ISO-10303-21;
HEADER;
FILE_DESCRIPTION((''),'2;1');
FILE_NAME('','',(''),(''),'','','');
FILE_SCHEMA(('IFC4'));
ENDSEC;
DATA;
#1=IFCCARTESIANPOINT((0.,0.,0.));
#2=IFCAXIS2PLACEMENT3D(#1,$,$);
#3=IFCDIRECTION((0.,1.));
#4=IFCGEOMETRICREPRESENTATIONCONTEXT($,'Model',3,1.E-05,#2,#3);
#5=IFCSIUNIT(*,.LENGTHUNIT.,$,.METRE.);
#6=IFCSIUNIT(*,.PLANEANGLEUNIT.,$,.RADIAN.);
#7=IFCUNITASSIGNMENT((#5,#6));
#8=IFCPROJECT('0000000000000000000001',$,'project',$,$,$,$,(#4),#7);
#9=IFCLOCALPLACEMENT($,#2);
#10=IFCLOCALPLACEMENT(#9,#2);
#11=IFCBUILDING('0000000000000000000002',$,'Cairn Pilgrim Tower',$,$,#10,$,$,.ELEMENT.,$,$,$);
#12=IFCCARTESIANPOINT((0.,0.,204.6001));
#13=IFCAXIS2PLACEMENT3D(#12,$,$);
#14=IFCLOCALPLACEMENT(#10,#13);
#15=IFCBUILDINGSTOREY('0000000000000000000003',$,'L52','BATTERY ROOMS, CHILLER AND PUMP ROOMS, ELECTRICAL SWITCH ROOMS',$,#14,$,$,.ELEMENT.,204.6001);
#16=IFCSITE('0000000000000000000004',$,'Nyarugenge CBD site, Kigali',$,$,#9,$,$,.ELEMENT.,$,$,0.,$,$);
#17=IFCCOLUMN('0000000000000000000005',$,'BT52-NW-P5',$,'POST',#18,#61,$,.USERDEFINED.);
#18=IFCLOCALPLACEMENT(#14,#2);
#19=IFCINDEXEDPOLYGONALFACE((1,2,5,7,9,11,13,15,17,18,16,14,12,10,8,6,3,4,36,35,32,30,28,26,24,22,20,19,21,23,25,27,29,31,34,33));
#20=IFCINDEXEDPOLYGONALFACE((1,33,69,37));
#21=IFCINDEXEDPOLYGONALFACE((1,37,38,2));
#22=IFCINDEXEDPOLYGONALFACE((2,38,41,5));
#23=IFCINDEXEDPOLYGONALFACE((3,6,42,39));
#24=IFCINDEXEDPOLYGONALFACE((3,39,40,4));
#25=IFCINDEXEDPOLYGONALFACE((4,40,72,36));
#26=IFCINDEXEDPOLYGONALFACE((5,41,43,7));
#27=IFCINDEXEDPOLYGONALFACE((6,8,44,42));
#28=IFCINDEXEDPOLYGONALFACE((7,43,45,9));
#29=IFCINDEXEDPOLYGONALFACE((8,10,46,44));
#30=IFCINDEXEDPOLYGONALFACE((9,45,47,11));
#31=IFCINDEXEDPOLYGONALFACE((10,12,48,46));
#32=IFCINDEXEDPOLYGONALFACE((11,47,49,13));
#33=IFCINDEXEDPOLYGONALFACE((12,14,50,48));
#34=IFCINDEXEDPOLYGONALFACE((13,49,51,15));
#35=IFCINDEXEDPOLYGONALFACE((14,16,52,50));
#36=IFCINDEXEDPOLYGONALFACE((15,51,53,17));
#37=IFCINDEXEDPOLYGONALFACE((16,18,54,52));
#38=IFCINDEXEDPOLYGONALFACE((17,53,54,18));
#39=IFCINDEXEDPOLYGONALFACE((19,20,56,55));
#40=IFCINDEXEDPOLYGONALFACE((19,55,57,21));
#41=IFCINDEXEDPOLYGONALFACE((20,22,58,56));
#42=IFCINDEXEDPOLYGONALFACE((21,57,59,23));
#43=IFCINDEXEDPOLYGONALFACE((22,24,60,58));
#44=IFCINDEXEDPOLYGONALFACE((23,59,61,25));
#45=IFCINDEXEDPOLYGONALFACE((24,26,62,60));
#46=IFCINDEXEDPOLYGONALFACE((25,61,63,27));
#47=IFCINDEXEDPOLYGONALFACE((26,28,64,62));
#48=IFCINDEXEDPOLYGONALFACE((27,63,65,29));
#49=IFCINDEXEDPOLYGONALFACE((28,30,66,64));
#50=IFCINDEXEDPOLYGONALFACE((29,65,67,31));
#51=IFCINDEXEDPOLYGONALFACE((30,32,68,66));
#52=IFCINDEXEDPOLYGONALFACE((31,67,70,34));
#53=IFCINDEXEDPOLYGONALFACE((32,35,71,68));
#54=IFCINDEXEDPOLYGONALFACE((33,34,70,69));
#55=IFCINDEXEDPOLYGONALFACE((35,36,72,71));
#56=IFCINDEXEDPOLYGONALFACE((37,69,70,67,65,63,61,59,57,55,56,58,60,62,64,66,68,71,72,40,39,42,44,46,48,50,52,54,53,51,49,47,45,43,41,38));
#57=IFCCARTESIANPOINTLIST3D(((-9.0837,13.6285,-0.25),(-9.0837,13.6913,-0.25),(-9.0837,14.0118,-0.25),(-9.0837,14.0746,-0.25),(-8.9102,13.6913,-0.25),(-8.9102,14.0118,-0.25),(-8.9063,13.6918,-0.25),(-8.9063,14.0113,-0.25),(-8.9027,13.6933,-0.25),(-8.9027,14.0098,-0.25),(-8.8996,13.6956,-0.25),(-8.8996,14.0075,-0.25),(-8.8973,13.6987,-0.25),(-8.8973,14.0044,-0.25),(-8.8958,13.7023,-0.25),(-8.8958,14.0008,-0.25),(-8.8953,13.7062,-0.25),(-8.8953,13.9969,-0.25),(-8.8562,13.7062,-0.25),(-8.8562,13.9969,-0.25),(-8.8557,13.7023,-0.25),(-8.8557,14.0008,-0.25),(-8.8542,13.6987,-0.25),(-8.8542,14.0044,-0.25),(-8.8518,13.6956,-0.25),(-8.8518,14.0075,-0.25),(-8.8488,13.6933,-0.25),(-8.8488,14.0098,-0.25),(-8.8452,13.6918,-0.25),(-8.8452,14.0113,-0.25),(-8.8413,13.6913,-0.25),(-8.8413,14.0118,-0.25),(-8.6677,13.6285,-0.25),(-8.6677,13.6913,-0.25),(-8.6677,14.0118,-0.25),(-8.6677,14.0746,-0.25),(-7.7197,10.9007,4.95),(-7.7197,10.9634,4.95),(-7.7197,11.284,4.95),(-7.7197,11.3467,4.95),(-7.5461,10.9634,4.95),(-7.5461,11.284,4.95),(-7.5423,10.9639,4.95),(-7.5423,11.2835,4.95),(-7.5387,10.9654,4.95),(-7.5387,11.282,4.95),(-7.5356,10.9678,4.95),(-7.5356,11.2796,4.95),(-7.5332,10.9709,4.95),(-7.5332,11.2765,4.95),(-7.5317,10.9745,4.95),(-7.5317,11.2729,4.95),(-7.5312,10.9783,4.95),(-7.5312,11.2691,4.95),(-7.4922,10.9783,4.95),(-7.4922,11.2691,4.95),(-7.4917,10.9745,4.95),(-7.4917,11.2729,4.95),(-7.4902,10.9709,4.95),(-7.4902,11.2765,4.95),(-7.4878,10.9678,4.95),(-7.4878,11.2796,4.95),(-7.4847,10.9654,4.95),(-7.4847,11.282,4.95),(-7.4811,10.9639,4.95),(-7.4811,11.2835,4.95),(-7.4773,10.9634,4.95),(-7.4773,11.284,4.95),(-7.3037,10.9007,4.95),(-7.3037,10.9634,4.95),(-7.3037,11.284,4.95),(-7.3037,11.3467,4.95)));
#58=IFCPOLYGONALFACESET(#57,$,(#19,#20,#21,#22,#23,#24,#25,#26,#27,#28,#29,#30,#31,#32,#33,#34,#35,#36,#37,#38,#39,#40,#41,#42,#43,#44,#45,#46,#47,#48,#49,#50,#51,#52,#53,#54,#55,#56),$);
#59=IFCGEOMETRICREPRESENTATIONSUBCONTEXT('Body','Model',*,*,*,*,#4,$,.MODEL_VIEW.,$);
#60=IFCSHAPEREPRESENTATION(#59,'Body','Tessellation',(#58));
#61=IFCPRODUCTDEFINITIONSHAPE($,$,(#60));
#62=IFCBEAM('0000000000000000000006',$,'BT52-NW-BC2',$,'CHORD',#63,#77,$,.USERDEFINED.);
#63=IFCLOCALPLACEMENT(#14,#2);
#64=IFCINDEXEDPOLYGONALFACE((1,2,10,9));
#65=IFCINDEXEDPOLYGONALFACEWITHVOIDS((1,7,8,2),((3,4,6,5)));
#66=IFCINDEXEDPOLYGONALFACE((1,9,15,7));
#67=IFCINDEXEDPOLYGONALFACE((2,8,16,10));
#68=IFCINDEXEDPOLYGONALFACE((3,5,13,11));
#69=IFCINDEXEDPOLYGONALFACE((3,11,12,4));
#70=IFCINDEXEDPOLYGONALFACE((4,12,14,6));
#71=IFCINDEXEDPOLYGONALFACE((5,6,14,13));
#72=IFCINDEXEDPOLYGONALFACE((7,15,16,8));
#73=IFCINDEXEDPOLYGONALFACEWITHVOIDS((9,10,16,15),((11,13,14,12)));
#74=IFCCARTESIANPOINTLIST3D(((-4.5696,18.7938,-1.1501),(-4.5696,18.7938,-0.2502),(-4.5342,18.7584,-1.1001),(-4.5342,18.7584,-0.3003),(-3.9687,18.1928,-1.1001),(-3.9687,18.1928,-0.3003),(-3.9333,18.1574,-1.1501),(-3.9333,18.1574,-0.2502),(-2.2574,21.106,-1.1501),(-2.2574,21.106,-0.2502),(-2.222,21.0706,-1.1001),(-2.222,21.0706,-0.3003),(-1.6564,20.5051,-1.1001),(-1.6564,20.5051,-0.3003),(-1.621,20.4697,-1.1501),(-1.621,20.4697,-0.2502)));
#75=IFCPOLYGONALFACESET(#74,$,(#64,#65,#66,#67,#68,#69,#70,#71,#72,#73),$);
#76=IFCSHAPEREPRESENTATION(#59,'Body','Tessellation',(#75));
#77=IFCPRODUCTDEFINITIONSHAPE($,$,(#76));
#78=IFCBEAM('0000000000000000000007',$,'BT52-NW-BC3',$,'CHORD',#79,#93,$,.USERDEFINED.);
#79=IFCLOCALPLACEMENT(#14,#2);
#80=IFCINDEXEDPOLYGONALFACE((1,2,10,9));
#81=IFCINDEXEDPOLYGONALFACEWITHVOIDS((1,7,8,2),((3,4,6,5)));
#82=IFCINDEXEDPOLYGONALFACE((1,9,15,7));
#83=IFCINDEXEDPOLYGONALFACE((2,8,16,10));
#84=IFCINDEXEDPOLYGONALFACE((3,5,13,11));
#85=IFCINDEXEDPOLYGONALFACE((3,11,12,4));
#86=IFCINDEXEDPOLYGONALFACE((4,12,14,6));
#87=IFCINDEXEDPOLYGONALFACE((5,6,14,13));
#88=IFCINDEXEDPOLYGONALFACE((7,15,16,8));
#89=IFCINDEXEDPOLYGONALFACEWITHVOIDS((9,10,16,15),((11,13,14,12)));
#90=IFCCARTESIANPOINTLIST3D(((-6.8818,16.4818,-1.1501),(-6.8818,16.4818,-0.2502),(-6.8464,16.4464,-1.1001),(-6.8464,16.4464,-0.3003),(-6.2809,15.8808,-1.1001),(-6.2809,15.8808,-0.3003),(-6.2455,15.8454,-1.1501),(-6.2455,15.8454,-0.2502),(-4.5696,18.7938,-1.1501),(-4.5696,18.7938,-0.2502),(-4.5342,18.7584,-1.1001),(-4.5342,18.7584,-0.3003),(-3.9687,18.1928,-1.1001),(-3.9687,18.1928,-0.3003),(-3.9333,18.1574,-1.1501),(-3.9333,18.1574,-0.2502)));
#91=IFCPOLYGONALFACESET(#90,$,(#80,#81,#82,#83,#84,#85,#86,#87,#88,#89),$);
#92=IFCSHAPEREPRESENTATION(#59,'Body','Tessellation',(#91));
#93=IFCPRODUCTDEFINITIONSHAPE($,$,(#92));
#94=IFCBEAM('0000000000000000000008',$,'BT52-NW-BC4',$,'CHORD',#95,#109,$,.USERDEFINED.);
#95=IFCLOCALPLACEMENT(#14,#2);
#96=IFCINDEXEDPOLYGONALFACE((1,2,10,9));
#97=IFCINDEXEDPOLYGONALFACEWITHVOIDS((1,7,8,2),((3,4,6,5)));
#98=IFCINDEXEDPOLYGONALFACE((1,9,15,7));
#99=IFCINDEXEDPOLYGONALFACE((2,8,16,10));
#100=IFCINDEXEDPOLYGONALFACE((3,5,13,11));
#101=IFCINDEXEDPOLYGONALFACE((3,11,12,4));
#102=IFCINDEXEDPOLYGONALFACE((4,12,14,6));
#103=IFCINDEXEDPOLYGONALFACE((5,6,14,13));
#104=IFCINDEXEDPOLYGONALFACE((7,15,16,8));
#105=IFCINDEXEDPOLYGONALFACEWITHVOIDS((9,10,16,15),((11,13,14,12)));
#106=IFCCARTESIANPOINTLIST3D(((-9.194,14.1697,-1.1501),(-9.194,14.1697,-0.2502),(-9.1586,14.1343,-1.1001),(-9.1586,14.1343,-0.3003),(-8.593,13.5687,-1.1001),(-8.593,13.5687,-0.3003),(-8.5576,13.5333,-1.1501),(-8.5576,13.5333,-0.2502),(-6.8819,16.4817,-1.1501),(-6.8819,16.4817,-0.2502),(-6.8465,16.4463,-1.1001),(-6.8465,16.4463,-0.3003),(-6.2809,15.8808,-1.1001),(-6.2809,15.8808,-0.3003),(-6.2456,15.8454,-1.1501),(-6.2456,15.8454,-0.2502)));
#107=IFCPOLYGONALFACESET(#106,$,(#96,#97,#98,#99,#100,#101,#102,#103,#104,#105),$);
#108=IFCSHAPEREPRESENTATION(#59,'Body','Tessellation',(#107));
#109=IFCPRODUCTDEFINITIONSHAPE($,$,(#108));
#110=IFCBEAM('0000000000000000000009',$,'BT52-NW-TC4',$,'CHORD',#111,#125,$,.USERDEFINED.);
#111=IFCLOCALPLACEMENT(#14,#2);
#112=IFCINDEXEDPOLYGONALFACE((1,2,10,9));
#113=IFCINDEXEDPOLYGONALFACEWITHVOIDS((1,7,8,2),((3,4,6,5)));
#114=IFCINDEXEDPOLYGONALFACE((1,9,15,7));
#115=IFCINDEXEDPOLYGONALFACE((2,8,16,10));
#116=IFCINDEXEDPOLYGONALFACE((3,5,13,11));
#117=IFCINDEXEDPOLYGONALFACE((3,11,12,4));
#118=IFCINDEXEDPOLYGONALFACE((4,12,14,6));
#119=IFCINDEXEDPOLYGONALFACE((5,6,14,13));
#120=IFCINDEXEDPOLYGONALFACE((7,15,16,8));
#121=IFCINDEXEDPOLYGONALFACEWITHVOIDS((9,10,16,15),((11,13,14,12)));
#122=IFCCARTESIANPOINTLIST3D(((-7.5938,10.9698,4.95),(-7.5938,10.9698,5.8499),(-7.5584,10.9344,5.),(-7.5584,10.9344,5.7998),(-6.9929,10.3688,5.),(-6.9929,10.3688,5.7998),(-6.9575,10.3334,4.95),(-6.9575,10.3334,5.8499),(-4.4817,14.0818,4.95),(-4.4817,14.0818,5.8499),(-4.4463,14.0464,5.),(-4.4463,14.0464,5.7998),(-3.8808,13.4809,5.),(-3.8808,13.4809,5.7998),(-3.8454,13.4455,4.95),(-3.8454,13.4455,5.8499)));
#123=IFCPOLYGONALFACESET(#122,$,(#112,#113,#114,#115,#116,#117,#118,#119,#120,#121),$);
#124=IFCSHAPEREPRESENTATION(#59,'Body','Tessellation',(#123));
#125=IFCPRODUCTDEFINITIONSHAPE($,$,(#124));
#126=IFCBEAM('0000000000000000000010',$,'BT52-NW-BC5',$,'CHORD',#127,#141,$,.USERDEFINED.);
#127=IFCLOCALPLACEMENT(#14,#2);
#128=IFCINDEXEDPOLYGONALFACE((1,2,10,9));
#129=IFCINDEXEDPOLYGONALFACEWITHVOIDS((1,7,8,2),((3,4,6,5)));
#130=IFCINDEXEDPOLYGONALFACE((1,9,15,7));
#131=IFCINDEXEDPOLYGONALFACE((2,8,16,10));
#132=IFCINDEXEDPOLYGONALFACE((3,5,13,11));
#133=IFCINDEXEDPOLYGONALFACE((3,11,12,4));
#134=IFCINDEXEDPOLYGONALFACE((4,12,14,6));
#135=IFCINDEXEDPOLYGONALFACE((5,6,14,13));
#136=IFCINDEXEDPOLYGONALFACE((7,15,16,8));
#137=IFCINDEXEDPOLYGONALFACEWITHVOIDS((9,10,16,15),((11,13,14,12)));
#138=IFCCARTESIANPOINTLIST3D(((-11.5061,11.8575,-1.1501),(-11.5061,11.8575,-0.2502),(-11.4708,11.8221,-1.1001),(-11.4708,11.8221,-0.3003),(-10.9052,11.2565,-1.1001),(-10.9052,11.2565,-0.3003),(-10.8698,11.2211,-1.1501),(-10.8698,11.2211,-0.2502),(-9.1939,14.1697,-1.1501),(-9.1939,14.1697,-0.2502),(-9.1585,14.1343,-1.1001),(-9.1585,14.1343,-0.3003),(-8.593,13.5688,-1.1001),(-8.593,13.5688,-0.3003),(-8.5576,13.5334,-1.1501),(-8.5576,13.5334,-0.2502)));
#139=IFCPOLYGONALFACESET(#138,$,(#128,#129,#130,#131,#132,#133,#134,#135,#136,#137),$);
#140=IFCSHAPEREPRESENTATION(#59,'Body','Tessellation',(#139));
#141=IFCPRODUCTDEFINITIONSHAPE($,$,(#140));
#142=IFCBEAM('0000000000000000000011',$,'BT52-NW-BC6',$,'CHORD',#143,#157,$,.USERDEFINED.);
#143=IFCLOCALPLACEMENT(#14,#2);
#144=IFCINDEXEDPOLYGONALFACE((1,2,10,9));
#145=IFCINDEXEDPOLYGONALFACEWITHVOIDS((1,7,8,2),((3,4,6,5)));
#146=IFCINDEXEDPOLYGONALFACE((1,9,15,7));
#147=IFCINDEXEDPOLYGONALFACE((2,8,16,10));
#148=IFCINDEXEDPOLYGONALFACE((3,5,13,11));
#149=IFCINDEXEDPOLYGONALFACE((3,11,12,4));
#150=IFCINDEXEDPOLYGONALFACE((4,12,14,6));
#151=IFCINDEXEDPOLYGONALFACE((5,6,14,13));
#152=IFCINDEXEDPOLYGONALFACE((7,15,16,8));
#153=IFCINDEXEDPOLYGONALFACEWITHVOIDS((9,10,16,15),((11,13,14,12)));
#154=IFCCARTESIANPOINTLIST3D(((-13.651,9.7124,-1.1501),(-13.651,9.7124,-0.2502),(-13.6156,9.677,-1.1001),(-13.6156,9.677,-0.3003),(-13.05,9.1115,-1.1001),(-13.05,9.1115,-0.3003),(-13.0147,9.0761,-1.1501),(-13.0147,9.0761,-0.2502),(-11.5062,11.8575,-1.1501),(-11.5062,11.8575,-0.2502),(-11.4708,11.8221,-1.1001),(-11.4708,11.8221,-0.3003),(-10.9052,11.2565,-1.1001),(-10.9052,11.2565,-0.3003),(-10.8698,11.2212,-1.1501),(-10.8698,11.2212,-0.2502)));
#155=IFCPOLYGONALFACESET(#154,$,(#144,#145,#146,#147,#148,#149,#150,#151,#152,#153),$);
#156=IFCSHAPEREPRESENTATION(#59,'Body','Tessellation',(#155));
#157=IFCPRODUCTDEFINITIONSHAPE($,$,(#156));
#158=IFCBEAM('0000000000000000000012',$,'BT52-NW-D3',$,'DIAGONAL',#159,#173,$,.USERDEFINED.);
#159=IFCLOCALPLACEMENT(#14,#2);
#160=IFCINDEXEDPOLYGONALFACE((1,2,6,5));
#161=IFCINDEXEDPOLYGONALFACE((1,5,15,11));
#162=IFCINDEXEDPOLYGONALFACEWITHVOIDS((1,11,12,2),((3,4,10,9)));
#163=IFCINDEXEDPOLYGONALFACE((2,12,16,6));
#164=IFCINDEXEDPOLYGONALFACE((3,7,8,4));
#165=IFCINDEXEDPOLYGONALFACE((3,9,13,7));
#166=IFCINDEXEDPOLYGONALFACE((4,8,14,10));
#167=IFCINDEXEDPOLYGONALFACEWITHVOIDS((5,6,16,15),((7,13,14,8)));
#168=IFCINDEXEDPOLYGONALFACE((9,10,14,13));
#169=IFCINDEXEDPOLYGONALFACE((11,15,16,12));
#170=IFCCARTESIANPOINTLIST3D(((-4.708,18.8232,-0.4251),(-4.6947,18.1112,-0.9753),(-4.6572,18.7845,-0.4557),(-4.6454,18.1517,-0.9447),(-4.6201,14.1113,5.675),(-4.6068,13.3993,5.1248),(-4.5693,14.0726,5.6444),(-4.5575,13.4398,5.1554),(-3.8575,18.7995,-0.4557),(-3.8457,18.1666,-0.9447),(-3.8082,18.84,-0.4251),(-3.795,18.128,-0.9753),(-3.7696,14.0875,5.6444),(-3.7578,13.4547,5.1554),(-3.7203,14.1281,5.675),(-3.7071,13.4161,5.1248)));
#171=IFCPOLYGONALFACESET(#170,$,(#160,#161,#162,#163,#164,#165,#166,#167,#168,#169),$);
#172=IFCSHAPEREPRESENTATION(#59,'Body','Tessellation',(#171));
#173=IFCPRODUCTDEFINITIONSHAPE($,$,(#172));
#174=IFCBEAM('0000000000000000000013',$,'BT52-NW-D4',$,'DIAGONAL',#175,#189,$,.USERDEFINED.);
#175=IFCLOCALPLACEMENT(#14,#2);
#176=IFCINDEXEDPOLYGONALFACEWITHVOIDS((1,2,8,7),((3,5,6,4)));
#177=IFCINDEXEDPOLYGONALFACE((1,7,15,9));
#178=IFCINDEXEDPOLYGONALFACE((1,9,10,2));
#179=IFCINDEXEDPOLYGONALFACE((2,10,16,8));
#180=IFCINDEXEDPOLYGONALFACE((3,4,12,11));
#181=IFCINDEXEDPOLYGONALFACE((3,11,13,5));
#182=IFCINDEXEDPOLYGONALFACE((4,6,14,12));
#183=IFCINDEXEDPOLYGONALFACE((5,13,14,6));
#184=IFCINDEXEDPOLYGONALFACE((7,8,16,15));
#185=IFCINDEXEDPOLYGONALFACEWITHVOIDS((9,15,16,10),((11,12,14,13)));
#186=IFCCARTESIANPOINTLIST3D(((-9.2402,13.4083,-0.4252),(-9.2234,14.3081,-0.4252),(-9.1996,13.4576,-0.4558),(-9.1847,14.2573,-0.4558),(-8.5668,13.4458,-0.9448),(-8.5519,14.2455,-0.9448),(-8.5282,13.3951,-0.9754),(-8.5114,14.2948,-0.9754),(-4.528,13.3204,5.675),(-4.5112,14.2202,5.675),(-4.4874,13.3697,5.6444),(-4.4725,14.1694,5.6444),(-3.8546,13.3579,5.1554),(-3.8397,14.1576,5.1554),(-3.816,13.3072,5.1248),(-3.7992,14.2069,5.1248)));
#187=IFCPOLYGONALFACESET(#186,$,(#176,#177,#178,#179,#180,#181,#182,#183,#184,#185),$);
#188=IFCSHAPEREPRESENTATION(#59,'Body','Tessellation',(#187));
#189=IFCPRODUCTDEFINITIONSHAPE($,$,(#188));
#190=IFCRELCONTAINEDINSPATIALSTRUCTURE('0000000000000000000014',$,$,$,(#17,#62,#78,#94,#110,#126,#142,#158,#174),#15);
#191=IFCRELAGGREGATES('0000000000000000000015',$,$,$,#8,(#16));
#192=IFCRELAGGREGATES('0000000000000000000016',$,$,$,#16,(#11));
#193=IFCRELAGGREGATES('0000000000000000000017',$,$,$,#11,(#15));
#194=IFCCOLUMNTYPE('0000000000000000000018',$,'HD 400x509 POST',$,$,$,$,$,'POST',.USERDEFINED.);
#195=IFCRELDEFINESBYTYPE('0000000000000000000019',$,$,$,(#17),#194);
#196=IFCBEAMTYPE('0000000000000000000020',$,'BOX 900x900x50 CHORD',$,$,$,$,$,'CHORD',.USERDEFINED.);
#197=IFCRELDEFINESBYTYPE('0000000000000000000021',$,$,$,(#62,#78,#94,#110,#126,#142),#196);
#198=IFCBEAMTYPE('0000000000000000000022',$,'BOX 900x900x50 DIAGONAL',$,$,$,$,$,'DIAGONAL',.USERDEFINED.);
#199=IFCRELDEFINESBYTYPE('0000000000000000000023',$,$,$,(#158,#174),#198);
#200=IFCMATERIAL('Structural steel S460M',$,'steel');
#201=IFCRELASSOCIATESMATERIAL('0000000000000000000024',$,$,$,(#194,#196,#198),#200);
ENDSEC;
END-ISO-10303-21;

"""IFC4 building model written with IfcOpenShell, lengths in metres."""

from ifc_helpers import new_model, si_unit, direction, frame, origin, origin_2d, place, context, subcontext, project, spatial, hollow_rectangle, i_section, extrude, clip, halfspace, material, material_profile, profile_set, type_object, element, save


model = new_model("IFC4")

# Units and contexts
model_context = context("Model", 3, precision=1e-05, world=origin(), true_north=direction((0.0, 1.0)))
body_context = subcontext(model_context, "Body", "Model", "MODEL_VIEW")
ifc_project = project(units=[si_unit("LENGTHUNIT", "METRE"), si_unit("PLANEANGLEUNIT", "RADIAN")], contexts=[model_context])

# Site, building, storey
site_placement = place(None, origin())
site = spatial("IfcSite", under=ifc_project, at=site_placement, Name="Nyarugenge CBD site, Kigali", CompositionType="ELEMENT", RefElevation=0.0)
building_placement = place(site_placement, origin())
building = spatial("IfcBuilding", under=site, at=building_placement, Name="Cairn Pilgrim Tower", CompositionType="ELEMENT")
storey_placement = place(building_placement, frame((0.0, 0.0, 204.6001)))
storey = spatial("IfcBuildingStorey", under=building, at=storey_placement, Name="L52", Description="BATTERY ROOMS, CHILLER AND PUMP ROOMS, ELECTRICAL SWITCH ROOMS", CompositionType="ELEMENT", Elevation=204.6001)

# Column
ifc_material_1 = material(Name="Structural steel S460M", Category="steel")
ifc_material_profile_1 = material_profile(ifc_material_1, i_section(OverallWidth=0.416, OverallDepth=0.446, WebThickness=0.0391, FlangeThickness=0.0627, FilletRadius=0.0149, at=origin_2d()), Name="HD 400x509")
ifc_profile_set_1 = profile_set([ifc_material_profile_1], Name="Structural steel S460M")
column_type_1 = type_object("IfcColumnType", Name="HD 400x509 POST", ElementType="POST", PredefinedType="USERDEFINED", material=ifc_profile_set_1)
column_1_placement = place(storey_placement, frame((-8.8757, 13.8516, -0.25), z_axis=(0.0, 0.0, 1.0), x_axis=(1.0, 0.0, 0.0)))
element("IfcColumn", 1, at=column_1_placement, inside=storey, type_object=column_type_1, Name="BT52-NW-P5", ObjectType="POST", PredefinedType="USERDEFINED", context=body_context, shape_type="Clipping", body=[
    clip(extrude(i_section(OverallWidth=0.416, OverallDepth=0.446, WebThickness=0.0391, FlangeThickness=0.0627, FilletRadius=0.0149, at=origin_2d()), origin(), (0.226269, -0.452504, 0.862579), 7.0715), halfspace(frame((0.0, 0.0, 5.2), z_axis=(0.0, 0.0, 1.0), x_axis=(1.0, 0.0, 0.0)), False)),
])

# Beams
ifc_material_profile_2 = material_profile(ifc_material_1, hollow_rectangle(XDim=0.8999, YDim=0.8999, WallThickness=0.05, at=origin_2d()), Name="BOX 900x900x50")
ifc_profile_set_2 = profile_set([ifc_material_profile_2], Name="Structural steel S460M")
beam_type_1 = type_object("IfcBeamType", Name="BOX 900x900x50 CHORD", ElementType="CHORD", PredefinedType="USERDEFINED", material=ifc_profile_set_2)
beam_1_placement = place(storey_placement, frame((-1.9392, 20.7878, -0.7002), z_axis=(-0.707107, -0.707107, 0.0), x_axis=(0.707107, -0.707107, 0.0)))
element("IfcBeam", 2, at=beam_1_placement, inside=storey, type_object=beam_type_1, Name="BT52-NW-BC2", ObjectType="CHORD", PredefinedType="USERDEFINED", context=body_context, shape_type="SweptSolid", body=[
    extrude(hollow_rectangle(XDim=0.8999, YDim=0.8999, WallThickness=0.05, at=origin_2d()), origin(), (0.0, 0.0, 1.0), 3.27),
])
for number, where, z_axis, x_axis, name in (
    (3, (-4.2515, 18.4756, -0.7002), (-0.707144, -0.707069, 0.0), (0.707069, -0.707144, 0.0), "BT52-NW-BC3"),
    (4, (-6.5637, 16.1636, -0.7002), (-0.707107, -0.707107, 0.0), (0.707107, -0.707107, 0.0), "BT52-NW-BC4"),
):
    element("IfcBeam", number, at=place(storey_placement, frame(where, z_axis=z_axis, x_axis=x_axis)), inside=storey, type_object=beam_type_1, Name=name, ObjectType="CHORD", PredefinedType="USERDEFINED", context=body_context, shape_type="SweptSolid", body=[
        extrude(hollow_rectangle(XDim=0.8999, YDim=0.8999, WallThickness=0.05, at=origin_2d()), origin(), (0.0, 0.0, 1.0), 3.2698),
    ])
beam_2_placement = place(storey_placement, frame((-4.1636, 13.7637, 5.3999), z_axis=(-0.707107, -0.707107, 0.0), x_axis=(0.707107, -0.707107, 0.0)))
element("IfcBeam", 5, at=beam_2_placement, inside=storey, type_object=beam_type_1, Name="BT52-NW-TC4", ObjectType="CHORD", PredefinedType="USERDEFINED", context=body_context, shape_type="SweptSolid", body=[
    extrude(hollow_rectangle(XDim=0.8999, YDim=0.8999, WallThickness=0.05, at=origin_2d()), origin(), (0.0, 0.0, 1.0), 4.4011),
])
beam_3_placement = place(storey_placement, frame((-8.8757, 13.8516, -0.7002), z_axis=(-0.707107, -0.707107, 0.0), x_axis=(0.707107, -0.707107, 0.0)))
element("IfcBeam", 6, at=beam_3_placement, inside=storey, type_object=beam_type_1, Name="BT52-NW-BC5", ObjectType="CHORD", PredefinedType="USERDEFINED", context=body_context, shape_type="SweptSolid", body=[
    extrude(hollow_rectangle(XDim=0.8999, YDim=0.8999, WallThickness=0.05, at=origin_2d()), origin(), (0.0, 0.0, 1.0), 3.27),
])
beam_4_placement = place(storey_placement, frame((-11.188, 11.5393, -0.7002), z_axis=(-0.707067, -0.707147, 0.0), x_axis=(0.707147, -0.707067, 0.0)))
element("IfcBeam", 7, at=beam_4_placement, inside=storey, type_object=beam_type_1, Name="BT52-NW-BC6", ObjectType="CHORD", PredefinedType="USERDEFINED", context=body_context, shape_type="SweptSolid", body=[
    extrude(hollow_rectangle(XDim=0.8999, YDim=0.8999, WallThickness=0.05, at=origin_2d()), origin(), (0.0, 0.0, 1.0), 3.0334),
])
ifc_material_profile_3 = material_profile(ifc_material_1, hollow_rectangle(XDim=0.8999, YDim=0.8999, WallThickness=0.05, at=origin_2d()), Name="BOX 900x900x50")
ifc_profile_set_3 = profile_set([ifc_material_profile_3], Name="Structural steel S460M")
beam_type_2 = type_object("IfcBeamType", Name="BOX 900x900x50 DIAGONAL", ElementType="DIAGONAL", PredefinedType="USERDEFINED", material=ifc_profile_set_3)
beam_5_placement = place(storey_placement, frame((-4.2515, 18.4756, -0.7002), z_axis=(0.011402, -0.611262, 0.791346), x_axis=(0.999826, 0.01865, 0.0)))
element("IfcBeam", 8, at=beam_5_placement, inside=storey, type_object=beam_type_2, Name="BT52-NW-D3", ObjectType="DIAGONAL", PredefinedType="USERDEFINED", context=body_context, shape_type="SweptSolid", body=[
    extrude(hollow_rectangle(XDim=0.8999, YDim=0.8999, WallThickness=0.05, at=origin_2d()), origin(), (0.0, 0.0, 1.0), 7.7085),
])
beam_6_placement = place(storey_placement, frame((-4.1636, 13.7637, 5.3999), z_axis=(-0.611282, 0.011402, -0.791331), x_axis=(-0.018649, -0.999826, 0.0)))
element("IfcBeam", 9, at=beam_6_placement, inside=storey, type_object=beam_type_2, Name="BT52-NW-D4", ObjectType="DIAGONAL", PredefinedType="USERDEFINED", context=body_context, shape_type="SweptSolid", body=[
    extrude(hollow_rectangle(XDim=0.8999, YDim=0.8999, WallThickness=0.05, at=origin_2d()), origin(), (0.0, 0.0, 1.0), 7.7087),
])

save(model, "model.ifc")
